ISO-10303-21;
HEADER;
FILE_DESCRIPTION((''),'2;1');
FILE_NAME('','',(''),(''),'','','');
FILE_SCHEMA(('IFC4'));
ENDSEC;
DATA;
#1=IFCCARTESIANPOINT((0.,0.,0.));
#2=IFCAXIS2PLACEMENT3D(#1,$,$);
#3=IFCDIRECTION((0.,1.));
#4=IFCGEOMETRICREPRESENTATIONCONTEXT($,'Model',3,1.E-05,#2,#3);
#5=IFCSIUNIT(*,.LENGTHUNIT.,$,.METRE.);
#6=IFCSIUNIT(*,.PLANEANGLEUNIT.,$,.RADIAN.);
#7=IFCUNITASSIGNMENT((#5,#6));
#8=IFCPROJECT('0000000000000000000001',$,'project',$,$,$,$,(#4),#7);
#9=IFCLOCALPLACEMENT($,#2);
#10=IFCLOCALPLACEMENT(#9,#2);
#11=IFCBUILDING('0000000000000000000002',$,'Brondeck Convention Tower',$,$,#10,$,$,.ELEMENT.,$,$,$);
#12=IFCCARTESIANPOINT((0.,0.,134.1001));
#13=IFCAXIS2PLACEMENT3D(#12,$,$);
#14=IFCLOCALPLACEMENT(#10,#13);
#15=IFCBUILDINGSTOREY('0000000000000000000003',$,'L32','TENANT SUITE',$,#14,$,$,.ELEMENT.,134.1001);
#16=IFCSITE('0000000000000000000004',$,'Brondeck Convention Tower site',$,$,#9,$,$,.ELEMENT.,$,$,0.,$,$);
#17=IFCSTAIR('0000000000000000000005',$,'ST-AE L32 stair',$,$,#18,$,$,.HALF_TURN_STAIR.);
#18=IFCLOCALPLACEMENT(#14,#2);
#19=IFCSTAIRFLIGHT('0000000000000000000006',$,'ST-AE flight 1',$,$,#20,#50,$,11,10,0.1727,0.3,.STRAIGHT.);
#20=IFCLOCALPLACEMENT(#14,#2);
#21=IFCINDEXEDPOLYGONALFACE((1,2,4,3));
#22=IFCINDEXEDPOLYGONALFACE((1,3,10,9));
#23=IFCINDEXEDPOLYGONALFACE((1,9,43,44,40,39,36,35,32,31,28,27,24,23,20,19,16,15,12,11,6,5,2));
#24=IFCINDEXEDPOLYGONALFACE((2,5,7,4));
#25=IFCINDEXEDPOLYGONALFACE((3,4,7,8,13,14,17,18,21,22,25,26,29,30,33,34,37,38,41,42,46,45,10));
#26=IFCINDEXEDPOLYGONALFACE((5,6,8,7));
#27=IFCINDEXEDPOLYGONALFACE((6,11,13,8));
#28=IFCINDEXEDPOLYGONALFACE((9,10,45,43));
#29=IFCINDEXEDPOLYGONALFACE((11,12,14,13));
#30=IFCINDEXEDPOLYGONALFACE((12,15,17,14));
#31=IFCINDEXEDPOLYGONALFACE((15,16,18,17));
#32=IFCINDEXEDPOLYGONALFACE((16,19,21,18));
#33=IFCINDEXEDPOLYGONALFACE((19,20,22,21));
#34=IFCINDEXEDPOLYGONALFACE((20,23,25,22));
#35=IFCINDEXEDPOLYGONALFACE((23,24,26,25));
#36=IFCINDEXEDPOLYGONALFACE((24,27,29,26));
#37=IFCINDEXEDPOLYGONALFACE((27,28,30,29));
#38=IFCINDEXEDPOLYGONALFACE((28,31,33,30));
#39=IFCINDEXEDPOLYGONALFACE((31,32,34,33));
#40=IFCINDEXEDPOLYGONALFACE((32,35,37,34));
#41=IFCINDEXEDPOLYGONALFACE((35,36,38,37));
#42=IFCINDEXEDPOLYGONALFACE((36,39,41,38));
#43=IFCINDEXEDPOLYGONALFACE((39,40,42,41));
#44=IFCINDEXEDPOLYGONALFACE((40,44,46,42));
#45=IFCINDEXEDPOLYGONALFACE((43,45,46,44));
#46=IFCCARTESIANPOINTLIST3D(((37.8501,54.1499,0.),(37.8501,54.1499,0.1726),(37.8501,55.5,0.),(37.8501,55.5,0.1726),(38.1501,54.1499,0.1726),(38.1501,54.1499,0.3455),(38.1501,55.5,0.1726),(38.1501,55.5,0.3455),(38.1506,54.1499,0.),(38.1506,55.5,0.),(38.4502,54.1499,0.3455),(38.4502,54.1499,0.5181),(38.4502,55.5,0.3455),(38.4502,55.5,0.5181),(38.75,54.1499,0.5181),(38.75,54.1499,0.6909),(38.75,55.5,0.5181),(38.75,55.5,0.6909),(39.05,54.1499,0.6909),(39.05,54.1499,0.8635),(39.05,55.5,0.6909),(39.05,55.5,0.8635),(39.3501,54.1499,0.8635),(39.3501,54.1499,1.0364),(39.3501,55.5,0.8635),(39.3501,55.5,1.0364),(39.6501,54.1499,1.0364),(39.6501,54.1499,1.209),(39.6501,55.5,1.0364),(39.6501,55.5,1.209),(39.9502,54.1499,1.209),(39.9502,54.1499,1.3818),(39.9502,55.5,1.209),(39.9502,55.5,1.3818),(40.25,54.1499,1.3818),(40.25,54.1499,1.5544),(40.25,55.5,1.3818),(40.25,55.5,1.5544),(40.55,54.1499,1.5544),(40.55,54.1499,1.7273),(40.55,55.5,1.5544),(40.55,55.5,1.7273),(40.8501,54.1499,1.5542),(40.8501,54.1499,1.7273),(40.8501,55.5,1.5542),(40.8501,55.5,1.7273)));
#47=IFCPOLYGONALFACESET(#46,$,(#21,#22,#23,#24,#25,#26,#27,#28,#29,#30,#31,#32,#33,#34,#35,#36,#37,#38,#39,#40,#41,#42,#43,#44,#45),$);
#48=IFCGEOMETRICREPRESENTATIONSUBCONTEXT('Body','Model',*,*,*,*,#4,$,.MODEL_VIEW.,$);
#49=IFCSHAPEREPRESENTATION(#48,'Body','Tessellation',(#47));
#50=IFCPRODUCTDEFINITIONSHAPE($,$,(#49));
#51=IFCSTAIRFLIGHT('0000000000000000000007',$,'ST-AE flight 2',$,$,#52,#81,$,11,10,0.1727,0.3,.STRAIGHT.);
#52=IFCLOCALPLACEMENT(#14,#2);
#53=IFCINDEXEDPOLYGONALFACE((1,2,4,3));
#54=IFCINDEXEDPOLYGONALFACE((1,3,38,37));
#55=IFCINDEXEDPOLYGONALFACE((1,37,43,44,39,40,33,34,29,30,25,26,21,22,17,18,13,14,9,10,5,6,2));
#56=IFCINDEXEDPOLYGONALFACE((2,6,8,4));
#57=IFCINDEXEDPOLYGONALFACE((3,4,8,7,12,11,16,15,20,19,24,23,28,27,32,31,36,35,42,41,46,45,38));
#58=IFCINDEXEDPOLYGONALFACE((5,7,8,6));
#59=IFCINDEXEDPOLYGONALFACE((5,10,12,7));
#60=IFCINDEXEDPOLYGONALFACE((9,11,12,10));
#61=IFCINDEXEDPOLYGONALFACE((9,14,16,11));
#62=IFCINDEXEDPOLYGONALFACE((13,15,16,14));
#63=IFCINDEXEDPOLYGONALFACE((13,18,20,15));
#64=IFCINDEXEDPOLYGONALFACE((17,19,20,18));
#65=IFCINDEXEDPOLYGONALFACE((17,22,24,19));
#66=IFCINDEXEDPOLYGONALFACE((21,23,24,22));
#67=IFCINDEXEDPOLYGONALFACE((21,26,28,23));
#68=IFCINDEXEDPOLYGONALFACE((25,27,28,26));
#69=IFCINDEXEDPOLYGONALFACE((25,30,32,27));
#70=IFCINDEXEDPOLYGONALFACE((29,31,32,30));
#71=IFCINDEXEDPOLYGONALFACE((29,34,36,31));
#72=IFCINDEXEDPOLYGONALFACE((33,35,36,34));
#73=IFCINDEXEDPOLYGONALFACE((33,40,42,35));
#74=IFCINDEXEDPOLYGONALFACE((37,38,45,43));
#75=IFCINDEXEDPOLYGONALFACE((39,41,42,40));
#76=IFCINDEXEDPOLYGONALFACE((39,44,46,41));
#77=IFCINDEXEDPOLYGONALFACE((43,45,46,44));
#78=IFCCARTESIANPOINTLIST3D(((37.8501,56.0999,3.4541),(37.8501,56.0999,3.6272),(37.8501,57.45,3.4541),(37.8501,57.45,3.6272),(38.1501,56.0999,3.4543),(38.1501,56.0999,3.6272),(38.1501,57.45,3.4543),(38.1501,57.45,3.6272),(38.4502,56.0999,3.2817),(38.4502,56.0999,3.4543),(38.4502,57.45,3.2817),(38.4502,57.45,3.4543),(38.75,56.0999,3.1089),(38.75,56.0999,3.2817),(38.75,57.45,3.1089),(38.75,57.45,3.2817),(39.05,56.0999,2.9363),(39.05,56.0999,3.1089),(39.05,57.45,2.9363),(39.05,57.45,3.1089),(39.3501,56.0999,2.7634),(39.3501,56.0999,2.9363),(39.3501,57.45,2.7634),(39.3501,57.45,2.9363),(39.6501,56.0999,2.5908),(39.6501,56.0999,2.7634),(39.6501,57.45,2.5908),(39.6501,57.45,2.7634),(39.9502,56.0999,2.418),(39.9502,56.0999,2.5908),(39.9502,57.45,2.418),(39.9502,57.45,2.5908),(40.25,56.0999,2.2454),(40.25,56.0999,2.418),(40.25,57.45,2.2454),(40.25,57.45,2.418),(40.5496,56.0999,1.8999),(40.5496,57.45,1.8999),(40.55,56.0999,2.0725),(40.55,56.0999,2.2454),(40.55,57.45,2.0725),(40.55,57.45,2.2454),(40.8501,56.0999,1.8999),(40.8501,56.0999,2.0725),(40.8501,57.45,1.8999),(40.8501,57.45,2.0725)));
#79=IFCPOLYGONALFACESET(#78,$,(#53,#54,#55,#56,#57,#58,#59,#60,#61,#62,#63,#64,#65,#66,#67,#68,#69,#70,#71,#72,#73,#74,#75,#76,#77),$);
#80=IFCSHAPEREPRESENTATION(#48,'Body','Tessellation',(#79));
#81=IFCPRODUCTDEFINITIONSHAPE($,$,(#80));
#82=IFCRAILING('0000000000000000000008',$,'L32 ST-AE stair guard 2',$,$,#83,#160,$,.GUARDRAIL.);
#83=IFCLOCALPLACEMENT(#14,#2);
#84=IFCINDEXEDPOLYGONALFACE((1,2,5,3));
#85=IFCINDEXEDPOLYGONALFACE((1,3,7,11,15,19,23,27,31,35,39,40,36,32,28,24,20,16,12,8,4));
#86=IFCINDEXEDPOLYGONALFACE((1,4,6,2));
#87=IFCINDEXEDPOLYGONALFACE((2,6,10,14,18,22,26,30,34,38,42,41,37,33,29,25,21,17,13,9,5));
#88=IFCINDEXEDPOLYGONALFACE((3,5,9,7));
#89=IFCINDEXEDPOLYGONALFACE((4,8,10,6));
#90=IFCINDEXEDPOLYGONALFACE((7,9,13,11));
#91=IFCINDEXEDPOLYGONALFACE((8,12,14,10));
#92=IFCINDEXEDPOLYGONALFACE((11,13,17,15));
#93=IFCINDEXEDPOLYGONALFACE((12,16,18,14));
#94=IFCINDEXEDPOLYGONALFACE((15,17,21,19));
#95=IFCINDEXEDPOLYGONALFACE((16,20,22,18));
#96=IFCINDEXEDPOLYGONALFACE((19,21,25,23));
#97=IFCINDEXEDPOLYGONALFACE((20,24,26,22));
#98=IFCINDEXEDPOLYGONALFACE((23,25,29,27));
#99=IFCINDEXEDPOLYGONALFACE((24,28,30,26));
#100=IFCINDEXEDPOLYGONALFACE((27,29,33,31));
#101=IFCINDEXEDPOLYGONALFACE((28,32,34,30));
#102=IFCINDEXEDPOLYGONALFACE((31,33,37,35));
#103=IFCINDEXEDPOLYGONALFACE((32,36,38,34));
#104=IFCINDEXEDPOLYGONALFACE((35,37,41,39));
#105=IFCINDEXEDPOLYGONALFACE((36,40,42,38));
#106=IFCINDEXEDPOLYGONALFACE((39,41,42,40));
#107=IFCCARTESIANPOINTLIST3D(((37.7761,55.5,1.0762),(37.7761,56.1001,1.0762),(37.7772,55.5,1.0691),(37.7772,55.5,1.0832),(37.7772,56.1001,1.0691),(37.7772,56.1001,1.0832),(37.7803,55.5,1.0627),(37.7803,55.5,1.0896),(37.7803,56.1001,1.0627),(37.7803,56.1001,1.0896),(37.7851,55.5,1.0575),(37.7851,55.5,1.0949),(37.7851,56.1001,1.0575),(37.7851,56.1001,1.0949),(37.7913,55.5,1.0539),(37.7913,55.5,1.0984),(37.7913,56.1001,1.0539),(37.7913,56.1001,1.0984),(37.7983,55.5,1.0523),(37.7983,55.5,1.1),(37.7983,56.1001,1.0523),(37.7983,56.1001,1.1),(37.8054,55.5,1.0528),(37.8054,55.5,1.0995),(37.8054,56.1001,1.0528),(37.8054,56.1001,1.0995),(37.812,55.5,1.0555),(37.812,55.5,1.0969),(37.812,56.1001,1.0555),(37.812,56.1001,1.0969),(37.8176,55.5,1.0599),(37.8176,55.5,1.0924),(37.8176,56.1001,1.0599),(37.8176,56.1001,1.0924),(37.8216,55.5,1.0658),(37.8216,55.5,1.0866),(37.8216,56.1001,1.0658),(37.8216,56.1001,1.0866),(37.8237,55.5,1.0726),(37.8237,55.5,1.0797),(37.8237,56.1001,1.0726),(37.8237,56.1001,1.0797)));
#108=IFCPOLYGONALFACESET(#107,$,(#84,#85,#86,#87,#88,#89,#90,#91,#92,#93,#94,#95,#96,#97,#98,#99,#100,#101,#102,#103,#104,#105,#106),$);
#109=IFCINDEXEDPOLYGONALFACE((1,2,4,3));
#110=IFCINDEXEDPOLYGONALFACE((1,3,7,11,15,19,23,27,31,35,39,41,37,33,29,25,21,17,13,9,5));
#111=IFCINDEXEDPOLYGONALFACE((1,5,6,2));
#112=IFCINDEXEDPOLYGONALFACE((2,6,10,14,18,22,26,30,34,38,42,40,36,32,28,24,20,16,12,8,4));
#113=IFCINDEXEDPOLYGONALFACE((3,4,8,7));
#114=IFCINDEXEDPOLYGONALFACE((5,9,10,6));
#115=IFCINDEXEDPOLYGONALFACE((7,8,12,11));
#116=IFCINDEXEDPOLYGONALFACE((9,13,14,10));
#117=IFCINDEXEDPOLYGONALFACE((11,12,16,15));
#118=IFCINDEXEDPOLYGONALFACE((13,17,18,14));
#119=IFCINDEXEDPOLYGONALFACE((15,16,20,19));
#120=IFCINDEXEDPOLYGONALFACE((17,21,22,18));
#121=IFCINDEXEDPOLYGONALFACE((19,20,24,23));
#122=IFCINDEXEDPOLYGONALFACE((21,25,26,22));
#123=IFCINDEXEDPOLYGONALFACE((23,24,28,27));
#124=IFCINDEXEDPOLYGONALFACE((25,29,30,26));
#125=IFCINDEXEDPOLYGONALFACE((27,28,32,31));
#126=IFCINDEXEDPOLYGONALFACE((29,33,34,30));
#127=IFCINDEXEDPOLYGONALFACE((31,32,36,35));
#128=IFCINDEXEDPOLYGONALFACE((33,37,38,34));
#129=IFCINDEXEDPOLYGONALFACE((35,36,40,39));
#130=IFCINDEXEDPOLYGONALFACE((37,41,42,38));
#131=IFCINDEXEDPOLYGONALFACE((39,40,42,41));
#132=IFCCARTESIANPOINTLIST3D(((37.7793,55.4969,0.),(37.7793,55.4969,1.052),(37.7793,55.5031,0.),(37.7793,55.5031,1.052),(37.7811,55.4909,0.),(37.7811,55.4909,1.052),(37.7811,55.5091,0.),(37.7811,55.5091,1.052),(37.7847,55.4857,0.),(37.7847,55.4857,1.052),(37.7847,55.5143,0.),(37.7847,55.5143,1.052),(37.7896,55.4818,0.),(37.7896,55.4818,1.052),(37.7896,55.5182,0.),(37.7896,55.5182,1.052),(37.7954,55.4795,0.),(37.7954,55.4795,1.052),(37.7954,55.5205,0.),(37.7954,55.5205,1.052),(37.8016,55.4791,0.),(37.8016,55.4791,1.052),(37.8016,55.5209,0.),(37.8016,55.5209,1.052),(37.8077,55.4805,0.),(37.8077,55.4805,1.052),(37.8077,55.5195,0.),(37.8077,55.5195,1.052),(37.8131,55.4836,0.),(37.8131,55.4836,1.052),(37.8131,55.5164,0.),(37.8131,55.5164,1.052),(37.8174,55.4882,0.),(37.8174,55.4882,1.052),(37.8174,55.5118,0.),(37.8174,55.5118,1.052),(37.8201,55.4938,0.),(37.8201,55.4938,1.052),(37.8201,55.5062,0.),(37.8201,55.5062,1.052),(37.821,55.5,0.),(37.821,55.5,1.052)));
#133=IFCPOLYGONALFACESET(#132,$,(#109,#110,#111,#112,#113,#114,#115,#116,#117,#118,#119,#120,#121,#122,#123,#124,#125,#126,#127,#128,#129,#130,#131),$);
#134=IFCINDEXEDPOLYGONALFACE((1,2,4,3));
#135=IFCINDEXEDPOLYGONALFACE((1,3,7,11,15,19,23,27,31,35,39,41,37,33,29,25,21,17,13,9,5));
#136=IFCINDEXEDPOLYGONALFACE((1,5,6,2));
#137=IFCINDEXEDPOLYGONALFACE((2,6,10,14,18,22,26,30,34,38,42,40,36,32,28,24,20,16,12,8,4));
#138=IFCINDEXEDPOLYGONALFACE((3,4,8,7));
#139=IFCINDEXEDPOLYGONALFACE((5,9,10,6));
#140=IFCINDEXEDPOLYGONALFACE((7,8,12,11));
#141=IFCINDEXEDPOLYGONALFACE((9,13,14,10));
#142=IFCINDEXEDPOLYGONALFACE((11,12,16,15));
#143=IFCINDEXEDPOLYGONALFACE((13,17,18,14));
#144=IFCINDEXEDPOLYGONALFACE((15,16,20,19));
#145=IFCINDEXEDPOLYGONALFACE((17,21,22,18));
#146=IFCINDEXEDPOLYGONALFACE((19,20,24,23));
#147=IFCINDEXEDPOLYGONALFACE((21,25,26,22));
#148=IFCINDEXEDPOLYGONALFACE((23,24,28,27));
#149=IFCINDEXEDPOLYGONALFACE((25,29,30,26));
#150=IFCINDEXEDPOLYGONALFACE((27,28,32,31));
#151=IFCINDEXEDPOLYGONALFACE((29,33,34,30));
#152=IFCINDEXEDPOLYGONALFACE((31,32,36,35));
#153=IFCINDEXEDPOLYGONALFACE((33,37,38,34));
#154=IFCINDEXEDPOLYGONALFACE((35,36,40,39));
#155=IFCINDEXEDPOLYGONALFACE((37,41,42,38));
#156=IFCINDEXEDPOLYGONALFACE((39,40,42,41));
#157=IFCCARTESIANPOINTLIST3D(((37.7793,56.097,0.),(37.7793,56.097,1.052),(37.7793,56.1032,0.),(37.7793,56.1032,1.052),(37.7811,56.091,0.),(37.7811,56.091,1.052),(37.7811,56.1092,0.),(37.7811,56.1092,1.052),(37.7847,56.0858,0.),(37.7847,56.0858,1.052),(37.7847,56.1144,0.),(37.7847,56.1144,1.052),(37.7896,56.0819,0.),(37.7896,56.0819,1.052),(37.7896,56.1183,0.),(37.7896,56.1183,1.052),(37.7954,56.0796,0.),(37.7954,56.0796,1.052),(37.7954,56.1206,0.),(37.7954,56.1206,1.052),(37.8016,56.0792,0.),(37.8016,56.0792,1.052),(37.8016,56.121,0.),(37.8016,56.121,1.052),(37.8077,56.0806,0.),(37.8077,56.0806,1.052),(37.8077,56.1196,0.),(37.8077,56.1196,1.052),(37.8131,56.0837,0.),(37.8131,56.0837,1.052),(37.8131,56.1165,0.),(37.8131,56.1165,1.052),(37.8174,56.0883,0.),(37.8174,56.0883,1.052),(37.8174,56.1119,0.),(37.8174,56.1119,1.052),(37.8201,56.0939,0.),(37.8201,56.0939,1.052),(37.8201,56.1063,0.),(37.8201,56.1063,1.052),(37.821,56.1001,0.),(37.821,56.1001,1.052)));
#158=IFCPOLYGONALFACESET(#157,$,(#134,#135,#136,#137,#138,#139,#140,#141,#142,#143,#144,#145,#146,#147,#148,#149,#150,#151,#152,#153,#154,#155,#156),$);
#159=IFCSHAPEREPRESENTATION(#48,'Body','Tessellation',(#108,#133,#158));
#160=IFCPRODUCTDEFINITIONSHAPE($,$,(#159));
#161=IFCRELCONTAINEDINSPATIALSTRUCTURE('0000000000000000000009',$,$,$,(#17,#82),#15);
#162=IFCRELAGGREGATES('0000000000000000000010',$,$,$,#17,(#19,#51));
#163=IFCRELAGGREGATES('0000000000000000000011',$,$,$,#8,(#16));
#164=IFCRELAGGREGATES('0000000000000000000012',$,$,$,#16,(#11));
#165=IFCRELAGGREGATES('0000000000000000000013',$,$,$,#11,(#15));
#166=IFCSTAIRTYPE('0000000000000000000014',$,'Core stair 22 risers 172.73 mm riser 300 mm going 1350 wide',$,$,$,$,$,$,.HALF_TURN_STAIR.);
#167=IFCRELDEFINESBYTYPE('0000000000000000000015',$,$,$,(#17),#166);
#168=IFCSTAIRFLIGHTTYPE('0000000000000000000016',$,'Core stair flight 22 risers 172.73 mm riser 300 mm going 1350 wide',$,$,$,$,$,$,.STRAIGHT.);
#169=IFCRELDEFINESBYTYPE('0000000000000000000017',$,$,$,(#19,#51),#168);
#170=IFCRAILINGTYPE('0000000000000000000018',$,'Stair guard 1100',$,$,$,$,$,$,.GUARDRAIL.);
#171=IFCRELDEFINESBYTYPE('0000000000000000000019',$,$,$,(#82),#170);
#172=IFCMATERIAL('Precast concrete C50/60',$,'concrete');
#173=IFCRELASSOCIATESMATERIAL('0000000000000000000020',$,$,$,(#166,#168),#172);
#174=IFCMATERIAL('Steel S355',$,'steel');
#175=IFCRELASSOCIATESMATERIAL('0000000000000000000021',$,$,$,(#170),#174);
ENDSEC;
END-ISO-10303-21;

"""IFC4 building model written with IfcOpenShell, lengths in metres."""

from ifc_helpers import new_model, si_unit, direction, frame, origin, origin_2d, place, context, subcontext, project, spatial, polyline, circle, outline, extrude, material, type_object, element, aggregate, save


model = new_model("IFC4")

# Units and contexts
model_context = context("Model", 3, precision=1e-05, world=origin(), true_north=direction((0.0, 1.0)))
body_context = subcontext(model_context, "Body", "Model", "MODEL_VIEW")
ifc_project = project(units=[si_unit("LENGTHUNIT", "METRE"), si_unit("PLANEANGLEUNIT", "RADIAN")], contexts=[model_context])

# Site, building, storey
site_placement = place(None, origin())
site = spatial("IfcSite", under=ifc_project, at=site_placement, Name="Brondeck Convention Tower site", CompositionType="ELEMENT", RefElevation=0.0)
building_placement = place(site_placement, origin())
building = spatial("IfcBuilding", under=site, at=building_placement, Name="Brondeck Convention Tower", CompositionType="ELEMENT")
storey_placement = place(building_placement, frame((0.0, 0.0, 134.1001)))
storey = spatial("IfcBuildingStorey", under=building, at=storey_placement, Name="L32", Description="TENANT SUITE", CompositionType="ELEMENT", Elevation=134.1001)

# Shared definitions
ifc_material_1 = material(Name="Steel S355", Category="steel")

# Stair, stair flights
ifc_material_2 = material(Name="Precast concrete C50/60", Category="concrete")
stair_type = type_object("IfcStairType", Name="Core stair 22 risers 172.73 mm riser 300 mm going 1350 wide", PredefinedType="HALF_TURN_STAIR", material=ifc_material_2)
stair_placement = place(storey_placement, origin())
stair = element("IfcStair", 1, at=stair_placement, inside=storey, type_object=stair_type, Name="ST-AE L32 stair", PredefinedType="HALF_TURN_STAIR")
stair_flight_type = type_object("IfcStairFlightType", Name="Core stair flight 22 risers 172.73 mm riser 300 mm going 1350 wide", PredefinedType="STRAIGHT", material=ifc_material_2)
stair_flight_1_placement = place(storey_placement, frame((37.8501, 54.825, 0.0), z_axis=(0.0, 0.0, 1.0), x_axis=(1.0, 0.0, 0.0)))
stair_flight_1 = element("IfcStairFlight", 2, at=stair_flight_1_placement, type_object=stair_flight_type, Name="ST-AE flight 1", NumberOfRisers=11, NumberOfTreads=10, PredefinedType="STRAIGHT", RiserHeight=0.1727, TreadLength=0.3, context=body_context, shape_type="SweptSolid", body=[
    extrude(outline(polyline([(0.0, 0.0), (0.0, 0.1726), (0.3, 0.1726), (0.3, 0.3455), (0.6001, 0.3455), (0.6001, 0.5181), (0.8999, 0.5181), (0.8999, 0.6909), (1.2, 0.6909), (1.2, 0.8635), (1.5, 0.8635), (1.5, 1.0364), (1.8, 1.0364), (1.8, 1.209), (2.1001, 1.209), (2.1001, 1.3818), (2.3999, 1.3818), (2.3999, 1.5544), (2.7, 1.5544), (2.7, 1.7273), (3.0, 1.7273), (3.0, 1.8999), (3.0, 1.5542), (0.3005, 0.0), (0.0, 0.0)])), frame((0.0, 0.675, 0.0), z_axis=(0.0, -1.0, 0.0), x_axis=(1.0, 0.0, 0.0)), (0.0, 0.0, 1.0), 1.3501),
])
stair_flight_2_placement = place(storey_placement, frame((40.8501, 56.7749, 1.8999), z_axis=(0.0, 0.0, 1.0), x_axis=(-1.0, 0.0, 0.0)))
stair_flight_2 = element("IfcStairFlight", 3, at=stair_flight_2_placement, type_object=stair_flight_type, Name="ST-AE flight 2", NumberOfRisers=11, NumberOfTreads=10, PredefinedType="STRAIGHT", RiserHeight=0.1727, TreadLength=0.3, context=body_context, shape_type="SweptSolid", body=[
    extrude(outline(polyline([(0.0, 0.0), (0.0, 0.1726), (0.3, 0.1726), (0.3, 0.3455), (0.6001, 0.3455), (0.6001, 0.5181), (0.8999, 0.5181), (0.8999, 0.6909), (1.2, 0.6909), (1.2, 0.8635), (1.5, 0.8635), (1.5, 1.0364), (1.8, 1.0364), (1.8, 1.209), (2.1001, 1.209), (2.1001, 1.3818), (2.3999, 1.3818), (2.3999, 1.5544), (2.7, 1.5544), (2.7, 1.7273), (3.0, 1.7273), (3.0, 1.8999), (3.0, 1.5542), (0.3005, 0.0), (0.0, 0.0)])), frame((0.0, 0.675, 0.0), z_axis=(0.0, -1.0, 0.0), x_axis=(1.0, 0.0, 0.0)), (0.0, 0.0, 1.0), 1.3501),
])
aggregate(stair, [stair_flight_1, stair_flight_2])

# Railing
railing_type_1 = type_object("IfcRailingType", Name="Stair guard 1100", PredefinedType="GUARDRAIL", material=ifc_material_1)
railing_1_placement = place(storey_placement, frame((37.8, 55.5, 0.0)))
element("IfcRailing", 4, at=railing_1_placement, inside=storey, type_object=railing_type_1, Name="L32 ST-AE stair guard 2", PredefinedType="GUARDRAIL", context=body_context, shape_type="SweptSolid", body=[
    extrude(circle(Radius=0.0239, at=origin_2d()), frame((0.0, 0.0, 1.0762), z_axis=(0.0, 1.0, 0.0), x_axis=(-1.0, 0.0, 0.0)), (0.0, 0.0, 1.0), 0.6001),
    extrude(circle(Radius=0.021, at=origin_2d()), origin(), (0.0, 0.0, 1.0), 1.052),
    extrude(circle(Radius=0.021, at=origin_2d()), frame((0.0, 0.6001, 0.0)), (0.0, 0.0, 1.0), 1.052),
])

save(model, "model.ifc")
